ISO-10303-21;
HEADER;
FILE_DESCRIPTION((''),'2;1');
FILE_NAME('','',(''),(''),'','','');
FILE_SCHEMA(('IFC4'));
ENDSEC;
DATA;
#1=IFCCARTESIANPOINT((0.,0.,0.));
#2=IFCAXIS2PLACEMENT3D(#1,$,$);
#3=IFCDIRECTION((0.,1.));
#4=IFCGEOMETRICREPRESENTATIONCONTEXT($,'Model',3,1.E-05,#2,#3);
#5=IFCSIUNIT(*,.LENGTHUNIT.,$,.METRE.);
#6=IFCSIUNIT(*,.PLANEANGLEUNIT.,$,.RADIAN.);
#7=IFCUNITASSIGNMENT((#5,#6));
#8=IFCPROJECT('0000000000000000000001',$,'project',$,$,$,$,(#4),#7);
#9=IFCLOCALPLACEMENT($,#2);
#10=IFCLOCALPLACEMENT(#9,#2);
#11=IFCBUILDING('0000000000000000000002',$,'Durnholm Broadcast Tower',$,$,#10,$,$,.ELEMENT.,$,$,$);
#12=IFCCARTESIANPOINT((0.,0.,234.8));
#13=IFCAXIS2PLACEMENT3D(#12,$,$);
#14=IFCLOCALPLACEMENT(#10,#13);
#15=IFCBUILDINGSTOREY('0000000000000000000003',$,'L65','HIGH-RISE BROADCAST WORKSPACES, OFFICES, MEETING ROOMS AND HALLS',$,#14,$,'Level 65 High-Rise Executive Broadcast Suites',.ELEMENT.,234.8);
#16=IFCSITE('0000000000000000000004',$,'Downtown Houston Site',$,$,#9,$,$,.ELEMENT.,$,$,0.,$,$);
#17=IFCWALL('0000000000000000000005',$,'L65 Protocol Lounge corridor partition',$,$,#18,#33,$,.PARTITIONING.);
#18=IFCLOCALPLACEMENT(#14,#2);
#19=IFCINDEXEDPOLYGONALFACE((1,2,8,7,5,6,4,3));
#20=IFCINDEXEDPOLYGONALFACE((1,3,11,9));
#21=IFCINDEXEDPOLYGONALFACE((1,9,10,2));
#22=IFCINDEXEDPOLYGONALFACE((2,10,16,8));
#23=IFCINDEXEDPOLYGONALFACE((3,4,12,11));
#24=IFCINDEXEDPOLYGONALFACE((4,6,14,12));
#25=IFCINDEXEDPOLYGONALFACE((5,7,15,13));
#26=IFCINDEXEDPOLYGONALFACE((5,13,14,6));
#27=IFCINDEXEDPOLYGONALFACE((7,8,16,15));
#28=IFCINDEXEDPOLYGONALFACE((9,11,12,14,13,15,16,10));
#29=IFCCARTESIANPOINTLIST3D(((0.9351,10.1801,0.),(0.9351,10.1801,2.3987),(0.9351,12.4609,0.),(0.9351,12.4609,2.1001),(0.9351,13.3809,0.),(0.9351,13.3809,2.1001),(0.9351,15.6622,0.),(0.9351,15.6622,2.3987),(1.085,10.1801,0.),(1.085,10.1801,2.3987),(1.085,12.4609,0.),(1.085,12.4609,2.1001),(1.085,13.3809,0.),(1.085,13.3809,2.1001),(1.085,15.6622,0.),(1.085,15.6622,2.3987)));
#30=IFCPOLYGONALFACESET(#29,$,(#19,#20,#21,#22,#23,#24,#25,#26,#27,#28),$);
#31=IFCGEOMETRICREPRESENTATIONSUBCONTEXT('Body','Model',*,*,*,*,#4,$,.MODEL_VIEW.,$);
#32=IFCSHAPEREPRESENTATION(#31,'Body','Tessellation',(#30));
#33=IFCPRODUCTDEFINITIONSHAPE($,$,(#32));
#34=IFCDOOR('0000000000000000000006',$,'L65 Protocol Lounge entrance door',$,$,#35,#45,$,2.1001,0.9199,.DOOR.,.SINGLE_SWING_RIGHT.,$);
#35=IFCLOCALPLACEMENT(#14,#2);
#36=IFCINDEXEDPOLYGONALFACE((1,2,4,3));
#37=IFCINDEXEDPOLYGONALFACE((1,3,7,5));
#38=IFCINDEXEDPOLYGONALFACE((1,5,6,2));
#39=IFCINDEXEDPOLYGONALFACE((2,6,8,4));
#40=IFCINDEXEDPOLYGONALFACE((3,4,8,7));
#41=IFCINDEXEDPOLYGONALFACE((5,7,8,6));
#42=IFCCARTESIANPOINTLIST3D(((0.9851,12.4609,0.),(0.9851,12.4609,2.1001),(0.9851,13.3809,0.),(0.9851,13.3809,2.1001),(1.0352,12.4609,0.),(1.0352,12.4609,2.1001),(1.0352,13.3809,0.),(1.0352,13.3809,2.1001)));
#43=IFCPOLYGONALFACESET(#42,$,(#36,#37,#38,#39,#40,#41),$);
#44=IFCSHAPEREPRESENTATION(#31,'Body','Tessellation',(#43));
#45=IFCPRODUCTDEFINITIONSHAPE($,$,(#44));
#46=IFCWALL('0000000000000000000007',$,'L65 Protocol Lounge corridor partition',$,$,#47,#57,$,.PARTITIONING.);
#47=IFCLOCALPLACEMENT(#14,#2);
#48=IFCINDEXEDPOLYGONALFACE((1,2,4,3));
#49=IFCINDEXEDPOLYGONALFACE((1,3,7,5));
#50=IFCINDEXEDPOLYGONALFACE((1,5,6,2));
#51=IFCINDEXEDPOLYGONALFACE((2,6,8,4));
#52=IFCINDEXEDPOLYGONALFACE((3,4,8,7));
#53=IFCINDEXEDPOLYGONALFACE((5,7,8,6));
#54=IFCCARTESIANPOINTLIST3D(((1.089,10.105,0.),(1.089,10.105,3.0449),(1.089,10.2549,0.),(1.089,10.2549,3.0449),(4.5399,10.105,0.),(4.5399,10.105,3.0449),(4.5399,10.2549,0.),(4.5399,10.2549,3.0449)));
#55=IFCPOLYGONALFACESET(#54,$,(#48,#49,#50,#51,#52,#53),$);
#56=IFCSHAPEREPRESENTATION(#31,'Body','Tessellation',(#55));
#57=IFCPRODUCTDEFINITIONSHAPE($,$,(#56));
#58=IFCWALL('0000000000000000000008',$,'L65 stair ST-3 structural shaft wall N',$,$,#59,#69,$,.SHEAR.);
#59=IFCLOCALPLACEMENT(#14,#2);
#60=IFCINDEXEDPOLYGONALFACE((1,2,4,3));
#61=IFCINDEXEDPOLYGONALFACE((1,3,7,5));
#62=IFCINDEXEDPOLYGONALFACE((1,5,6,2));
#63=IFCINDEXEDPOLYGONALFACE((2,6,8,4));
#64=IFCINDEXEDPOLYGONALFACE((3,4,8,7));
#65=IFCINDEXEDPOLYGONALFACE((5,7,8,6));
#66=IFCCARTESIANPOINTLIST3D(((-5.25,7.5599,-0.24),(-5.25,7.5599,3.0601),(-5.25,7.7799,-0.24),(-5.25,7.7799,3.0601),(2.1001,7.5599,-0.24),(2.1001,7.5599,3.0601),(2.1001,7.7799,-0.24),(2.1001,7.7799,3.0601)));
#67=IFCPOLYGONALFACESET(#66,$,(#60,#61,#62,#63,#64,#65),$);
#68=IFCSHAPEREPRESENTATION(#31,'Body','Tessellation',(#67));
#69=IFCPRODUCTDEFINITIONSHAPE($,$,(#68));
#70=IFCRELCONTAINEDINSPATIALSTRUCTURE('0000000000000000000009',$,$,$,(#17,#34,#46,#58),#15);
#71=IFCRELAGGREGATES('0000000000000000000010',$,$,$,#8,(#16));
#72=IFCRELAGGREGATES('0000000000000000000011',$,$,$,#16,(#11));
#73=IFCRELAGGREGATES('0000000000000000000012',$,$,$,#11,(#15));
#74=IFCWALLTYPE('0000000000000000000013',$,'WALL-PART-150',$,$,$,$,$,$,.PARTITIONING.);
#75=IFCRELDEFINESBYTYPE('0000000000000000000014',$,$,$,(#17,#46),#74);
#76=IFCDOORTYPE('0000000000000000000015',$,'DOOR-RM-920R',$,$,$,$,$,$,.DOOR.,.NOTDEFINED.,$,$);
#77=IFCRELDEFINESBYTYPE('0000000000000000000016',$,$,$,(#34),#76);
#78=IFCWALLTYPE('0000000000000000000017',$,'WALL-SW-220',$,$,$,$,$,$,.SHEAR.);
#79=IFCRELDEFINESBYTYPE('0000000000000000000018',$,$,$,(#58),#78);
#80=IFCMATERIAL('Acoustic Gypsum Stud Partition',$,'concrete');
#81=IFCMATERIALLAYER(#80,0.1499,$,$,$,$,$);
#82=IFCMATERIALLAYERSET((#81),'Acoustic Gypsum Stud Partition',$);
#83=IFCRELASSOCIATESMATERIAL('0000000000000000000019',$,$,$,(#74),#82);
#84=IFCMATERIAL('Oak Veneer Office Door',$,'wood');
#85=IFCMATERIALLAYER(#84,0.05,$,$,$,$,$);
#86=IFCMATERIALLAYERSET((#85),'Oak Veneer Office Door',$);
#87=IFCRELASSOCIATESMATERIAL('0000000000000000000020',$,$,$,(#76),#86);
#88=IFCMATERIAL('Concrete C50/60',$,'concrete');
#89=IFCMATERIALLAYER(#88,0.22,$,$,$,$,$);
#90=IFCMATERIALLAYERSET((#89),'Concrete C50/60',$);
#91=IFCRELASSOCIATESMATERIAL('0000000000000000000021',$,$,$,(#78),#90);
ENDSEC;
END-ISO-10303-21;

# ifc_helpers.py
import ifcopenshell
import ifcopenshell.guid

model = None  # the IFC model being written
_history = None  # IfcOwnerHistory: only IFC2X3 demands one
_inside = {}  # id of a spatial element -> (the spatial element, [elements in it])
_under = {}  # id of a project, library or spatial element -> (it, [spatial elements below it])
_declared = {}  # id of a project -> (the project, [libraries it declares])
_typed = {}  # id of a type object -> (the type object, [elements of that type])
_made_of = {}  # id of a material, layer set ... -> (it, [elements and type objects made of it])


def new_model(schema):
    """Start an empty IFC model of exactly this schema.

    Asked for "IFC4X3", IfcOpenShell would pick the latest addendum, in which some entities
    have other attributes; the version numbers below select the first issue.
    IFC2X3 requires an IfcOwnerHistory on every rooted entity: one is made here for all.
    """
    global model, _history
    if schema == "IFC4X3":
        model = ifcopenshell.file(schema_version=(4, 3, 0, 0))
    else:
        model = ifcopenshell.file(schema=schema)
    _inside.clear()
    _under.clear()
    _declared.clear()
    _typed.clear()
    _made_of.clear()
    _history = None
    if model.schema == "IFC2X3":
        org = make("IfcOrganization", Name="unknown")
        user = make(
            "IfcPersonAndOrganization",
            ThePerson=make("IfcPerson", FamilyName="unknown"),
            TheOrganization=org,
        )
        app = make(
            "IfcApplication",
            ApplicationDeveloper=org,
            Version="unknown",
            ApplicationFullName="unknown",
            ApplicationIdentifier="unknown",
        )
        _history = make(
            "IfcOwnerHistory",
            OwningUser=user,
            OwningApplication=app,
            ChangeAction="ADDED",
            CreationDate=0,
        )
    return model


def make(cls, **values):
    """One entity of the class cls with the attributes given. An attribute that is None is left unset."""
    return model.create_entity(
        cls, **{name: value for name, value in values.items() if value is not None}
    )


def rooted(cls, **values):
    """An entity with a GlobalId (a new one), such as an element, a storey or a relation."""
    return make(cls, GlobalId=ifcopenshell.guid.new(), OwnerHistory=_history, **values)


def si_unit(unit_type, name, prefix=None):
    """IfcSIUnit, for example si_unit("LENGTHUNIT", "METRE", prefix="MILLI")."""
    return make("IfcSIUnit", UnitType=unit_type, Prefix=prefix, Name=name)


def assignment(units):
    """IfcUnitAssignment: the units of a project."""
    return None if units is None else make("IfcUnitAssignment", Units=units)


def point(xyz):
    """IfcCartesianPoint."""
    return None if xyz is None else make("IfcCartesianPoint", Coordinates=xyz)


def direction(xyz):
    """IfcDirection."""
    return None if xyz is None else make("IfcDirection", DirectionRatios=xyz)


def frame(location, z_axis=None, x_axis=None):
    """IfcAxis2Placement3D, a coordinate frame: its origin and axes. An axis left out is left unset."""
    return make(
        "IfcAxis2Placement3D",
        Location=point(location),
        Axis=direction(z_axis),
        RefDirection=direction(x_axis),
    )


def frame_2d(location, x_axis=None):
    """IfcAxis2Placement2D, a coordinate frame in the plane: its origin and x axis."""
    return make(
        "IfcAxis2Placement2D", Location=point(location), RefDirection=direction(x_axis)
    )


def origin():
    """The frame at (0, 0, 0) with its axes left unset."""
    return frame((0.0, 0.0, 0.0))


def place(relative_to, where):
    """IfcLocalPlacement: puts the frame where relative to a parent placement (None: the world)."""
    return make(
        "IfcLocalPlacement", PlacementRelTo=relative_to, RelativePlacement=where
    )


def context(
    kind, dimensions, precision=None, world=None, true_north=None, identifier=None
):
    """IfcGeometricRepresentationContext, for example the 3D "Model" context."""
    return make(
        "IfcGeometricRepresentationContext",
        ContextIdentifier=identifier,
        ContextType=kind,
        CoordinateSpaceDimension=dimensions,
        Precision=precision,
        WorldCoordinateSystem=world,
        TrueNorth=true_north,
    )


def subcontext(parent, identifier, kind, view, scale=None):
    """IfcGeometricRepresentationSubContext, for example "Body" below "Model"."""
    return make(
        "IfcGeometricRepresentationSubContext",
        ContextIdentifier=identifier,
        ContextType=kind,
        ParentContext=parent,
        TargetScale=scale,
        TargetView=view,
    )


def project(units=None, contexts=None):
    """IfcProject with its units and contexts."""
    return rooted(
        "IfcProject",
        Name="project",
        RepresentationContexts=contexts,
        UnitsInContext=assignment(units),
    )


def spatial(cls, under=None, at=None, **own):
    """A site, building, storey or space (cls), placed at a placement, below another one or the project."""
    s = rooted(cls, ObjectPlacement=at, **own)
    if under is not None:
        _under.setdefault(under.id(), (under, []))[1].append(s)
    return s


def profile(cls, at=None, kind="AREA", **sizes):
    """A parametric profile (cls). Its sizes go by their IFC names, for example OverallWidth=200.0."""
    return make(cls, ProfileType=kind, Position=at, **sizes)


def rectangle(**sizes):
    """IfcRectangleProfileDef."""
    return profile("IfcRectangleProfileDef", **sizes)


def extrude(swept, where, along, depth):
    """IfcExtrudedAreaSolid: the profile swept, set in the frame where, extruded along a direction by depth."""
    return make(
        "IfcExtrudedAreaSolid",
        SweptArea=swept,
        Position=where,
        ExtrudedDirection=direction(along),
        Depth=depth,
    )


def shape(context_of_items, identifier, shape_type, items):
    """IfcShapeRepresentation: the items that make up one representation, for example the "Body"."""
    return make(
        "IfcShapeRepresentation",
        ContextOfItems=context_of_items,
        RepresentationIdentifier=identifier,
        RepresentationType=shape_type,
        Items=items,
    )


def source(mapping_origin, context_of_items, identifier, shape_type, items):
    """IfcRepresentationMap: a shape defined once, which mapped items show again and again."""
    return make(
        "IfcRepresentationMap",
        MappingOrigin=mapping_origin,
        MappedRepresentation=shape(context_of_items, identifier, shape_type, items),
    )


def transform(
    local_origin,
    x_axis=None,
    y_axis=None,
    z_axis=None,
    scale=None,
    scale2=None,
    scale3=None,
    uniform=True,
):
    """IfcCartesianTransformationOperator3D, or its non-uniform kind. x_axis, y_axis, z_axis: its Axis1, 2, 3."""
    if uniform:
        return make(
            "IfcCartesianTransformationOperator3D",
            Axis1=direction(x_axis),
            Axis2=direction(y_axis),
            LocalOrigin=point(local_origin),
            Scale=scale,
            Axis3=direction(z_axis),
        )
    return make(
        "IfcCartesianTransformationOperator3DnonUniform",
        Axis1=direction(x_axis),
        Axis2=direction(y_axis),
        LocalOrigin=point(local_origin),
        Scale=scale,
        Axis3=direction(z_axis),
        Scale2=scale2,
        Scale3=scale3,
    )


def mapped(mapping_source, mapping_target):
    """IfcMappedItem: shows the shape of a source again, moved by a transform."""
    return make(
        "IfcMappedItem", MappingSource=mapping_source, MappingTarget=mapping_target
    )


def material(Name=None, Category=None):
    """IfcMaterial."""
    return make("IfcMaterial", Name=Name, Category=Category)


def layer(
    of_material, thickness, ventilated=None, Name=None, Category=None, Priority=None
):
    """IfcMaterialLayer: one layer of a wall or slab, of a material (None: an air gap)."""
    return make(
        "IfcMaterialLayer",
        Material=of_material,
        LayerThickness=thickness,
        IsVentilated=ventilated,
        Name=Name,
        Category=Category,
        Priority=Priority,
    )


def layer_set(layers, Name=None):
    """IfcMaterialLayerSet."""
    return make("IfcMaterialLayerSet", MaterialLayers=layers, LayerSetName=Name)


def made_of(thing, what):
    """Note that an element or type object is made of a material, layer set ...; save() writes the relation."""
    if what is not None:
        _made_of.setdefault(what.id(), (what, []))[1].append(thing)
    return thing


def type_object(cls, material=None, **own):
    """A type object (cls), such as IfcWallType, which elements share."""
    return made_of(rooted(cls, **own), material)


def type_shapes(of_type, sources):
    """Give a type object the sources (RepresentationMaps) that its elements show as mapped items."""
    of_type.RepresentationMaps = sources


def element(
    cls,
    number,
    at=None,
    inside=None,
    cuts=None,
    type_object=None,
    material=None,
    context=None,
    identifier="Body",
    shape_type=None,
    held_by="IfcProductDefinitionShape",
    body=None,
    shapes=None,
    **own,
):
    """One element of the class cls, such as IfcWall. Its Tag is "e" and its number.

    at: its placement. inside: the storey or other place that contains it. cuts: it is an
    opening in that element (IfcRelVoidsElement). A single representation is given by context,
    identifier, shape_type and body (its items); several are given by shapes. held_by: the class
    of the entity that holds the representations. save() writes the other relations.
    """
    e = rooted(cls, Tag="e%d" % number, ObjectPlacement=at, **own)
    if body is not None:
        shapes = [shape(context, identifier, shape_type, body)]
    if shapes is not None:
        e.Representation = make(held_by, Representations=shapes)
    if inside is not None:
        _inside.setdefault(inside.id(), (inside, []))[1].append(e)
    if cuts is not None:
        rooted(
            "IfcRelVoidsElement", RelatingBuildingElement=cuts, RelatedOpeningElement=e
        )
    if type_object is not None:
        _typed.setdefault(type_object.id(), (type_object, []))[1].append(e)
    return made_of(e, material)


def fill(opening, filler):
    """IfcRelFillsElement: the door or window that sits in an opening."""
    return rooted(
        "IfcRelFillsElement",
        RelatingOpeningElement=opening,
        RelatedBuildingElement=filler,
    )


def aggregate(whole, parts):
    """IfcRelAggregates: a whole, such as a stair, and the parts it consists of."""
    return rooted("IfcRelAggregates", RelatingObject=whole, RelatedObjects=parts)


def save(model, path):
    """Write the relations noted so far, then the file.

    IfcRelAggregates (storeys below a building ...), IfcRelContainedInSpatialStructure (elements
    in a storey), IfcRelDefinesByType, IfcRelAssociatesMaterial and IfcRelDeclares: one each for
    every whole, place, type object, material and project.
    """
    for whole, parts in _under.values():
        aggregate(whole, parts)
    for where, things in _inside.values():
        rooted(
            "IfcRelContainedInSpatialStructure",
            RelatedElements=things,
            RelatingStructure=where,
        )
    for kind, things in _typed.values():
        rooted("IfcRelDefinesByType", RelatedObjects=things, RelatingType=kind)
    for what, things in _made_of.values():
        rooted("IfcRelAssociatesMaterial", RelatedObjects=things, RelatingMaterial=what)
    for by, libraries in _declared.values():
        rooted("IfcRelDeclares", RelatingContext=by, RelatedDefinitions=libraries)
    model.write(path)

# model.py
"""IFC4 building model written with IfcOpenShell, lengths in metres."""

from ifc_helpers import new_model, si_unit, direction, frame, frame_2d, origin, place, context, subcontext, project, spatial, rectangle, extrude, source, transform, mapped, material, layer, layer_set, type_object, type_shapes, element, fill, save


model = new_model("IFC4")

# Units and contexts
model_context = context("Model", 3, precision=1e-05, world=origin(), true_north=direction((0.0, 1.0)))
body_context = subcontext(model_context, "Body", "Model", "MODEL_VIEW")
ifc_project = project(units=[si_unit("LENGTHUNIT", "METRE"), si_unit("PLANEANGLEUNIT", "RADIAN")], contexts=[model_context])

# Site, building, storey
site_placement = place(None, origin())
site = spatial("IfcSite", under=ifc_project, at=site_placement, Name="Downtown Houston Site", CompositionType="ELEMENT", RefElevation=0.0)
building_placement = place(site_placement, origin())
building = spatial("IfcBuilding", under=site, at=building_placement, Name="Durnholm Broadcast Tower", CompositionType="ELEMENT")
storey_placement = place(building_placement, frame((0.0, 0.0, 234.8)))
storey = spatial("IfcBuildingStorey", under=building, at=storey_placement, Name="L65", Description="HIGH-RISE BROADCAST WORKSPACES, OFFICES, MEETING ROOMS AND HALLS", LongName="Level 65 High-Rise Executive Broadcast Suites", CompositionType="ELEMENT", Elevation=234.8)

# Wall, opening, door
ifc_material_1 = material(Name="Acoustic Gypsum Stud Partition", Category="concrete")
ifc_layer_1 = layer(ifc_material_1, 0.1499)
ifc_layer_set_1 = layer_set([ifc_layer_1], Name="Acoustic Gypsum Stud Partition")
wall_type_1 = type_object("IfcWallType", Name="WALL-PART-150", PredefinedType="PARTITIONING", material=ifc_layer_set_1)
wall_1_placement = place(storey_placement, frame((1.01, 10.1799, 0.0), z_axis=(0.0, 0.0, 1.0), x_axis=(0.0, 1.0, 0.0)))
wall_1 = element("IfcWall", 1, at=wall_1_placement, inside=storey, type_object=wall_type_1, Name="L65 Protocol Lounge corridor partition", PredefinedType="PARTITIONING", context=body_context, shape_type="SweptSolid", body=[
    extrude(rectangle(XDim=5.4822, YDim=0.1499, at=frame_2d((2.7412, 0.0))), origin(), (0.0, 0.0, 1.0), 2.3987),
])
opening_placement = place(wall_1_placement, frame((2.281, 0.0, 0.0)))
opening = element("IfcOpeningElement", 2, at=opening_placement, cuts=wall_1, PredefinedType="OPENING", context=body_context, shape_type="SweptSolid", body=[
    extrude(rectangle(XDim=0.9199, YDim=2.1001, at=frame_2d((0.46, 1.05))), frame((0.0, 0.085, 0.0), z_axis=(0.0, -1.0, 0.0), x_axis=(1.0, 0.0, 0.0)), (0.0, 0.0, 1.0), 0.1699),
])
ifc_material_2 = material(Name="Oak Veneer Office Door", Category="wood")
ifc_layer_2 = layer(ifc_material_2, 0.05)
ifc_layer_set_2 = layer_set([ifc_layer_2], Name="Oak Veneer Office Door")
door_type = type_object("IfcDoorType", Name="DOOR-RM-920R", OperationType="NOTDEFINED", PredefinedType="DOOR", material=ifc_layer_set_2)
shared_shape_1 = source(origin(), body_context, "Body", "SweptSolid", [
    extrude(rectangle(XDim=0.9199, YDim=2.1001, at=frame_2d((0.46, 1.05))), frame((0.0, 0.0249, 0.0), z_axis=(0.0, -1.0, 0.0), x_axis=(1.0, 0.0, 0.0)), (0.0, 0.0, 1.0), 0.05),
])
type_shapes(door_type, [shared_shape_1])
door_placement = place(opening_placement, origin())
door = element("IfcDoor", 3, at=door_placement, inside=storey, type_object=door_type, Name="L65 Protocol Lounge entrance door", OperationType="SINGLE_SWING_RIGHT", OverallHeight=2.1001, OverallWidth=0.9199, PredefinedType="DOOR", context=body_context, shape_type="MappedRepresentation", body=[
    mapped(shared_shape_1, transform((0.0, 0.0, 0.0), x_axis=(1.0, 0.0, 0.0), y_axis=(0.0, 1.0, 0.0), z_axis=(0.0, 0.0, 1.0), scale=1.0)),
])
fill(opening, door)

# Walls
wall_2_placement = place(storey_placement, frame((4.54, 10.1799, 0.0), z_axis=(0.0, 0.0, 1.0), x_axis=(-1.0, 0.0, 0.0)))
element("IfcWall", 4, at=wall_2_placement, inside=storey, type_object=wall_type_1, Name="L65 Protocol Lounge corridor partition", PredefinedType="PARTITIONING", context=body_context, shape_type="SweptSolid", body=[
    extrude(rectangle(XDim=3.4509, YDim=0.1499, at=frame_2d((1.7256, 0.0))), origin(), (0.0, 0.0, 1.0), 3.0449),
])
ifc_material_3 = material(Name="Concrete C50/60", Category="concrete")
ifc_layer_3 = layer(ifc_material_3, 0.22)
ifc_layer_set_3 = layer_set([ifc_layer_3], Name="Concrete C50/60")
wall_type_2 = type_object("IfcWallType", Name="WALL-SW-220", PredefinedType="SHEAR", material=ifc_layer_set_3)
wall_3_placement = place(storey_placement, frame((2.1001, 7.6699, -0.24), z_axis=(0.0, 0.0, 1.0), x_axis=(-1.0, 0.0, 0.0)))
element("IfcWall", 5, at=wall_3_placement, inside=storey, type_object=wall_type_2, Name="L65 stair ST-3 structural shaft wall N", PredefinedType="SHEAR", context=body_context, shape_type="SweptSolid", body=[
    extrude(rectangle(XDim=7.3501, YDim=0.22, at=frame_2d((3.675, 0.0))), origin(), (0.0, 0.0, 1.0), 3.3),
])

save(model, "model.ifc")
